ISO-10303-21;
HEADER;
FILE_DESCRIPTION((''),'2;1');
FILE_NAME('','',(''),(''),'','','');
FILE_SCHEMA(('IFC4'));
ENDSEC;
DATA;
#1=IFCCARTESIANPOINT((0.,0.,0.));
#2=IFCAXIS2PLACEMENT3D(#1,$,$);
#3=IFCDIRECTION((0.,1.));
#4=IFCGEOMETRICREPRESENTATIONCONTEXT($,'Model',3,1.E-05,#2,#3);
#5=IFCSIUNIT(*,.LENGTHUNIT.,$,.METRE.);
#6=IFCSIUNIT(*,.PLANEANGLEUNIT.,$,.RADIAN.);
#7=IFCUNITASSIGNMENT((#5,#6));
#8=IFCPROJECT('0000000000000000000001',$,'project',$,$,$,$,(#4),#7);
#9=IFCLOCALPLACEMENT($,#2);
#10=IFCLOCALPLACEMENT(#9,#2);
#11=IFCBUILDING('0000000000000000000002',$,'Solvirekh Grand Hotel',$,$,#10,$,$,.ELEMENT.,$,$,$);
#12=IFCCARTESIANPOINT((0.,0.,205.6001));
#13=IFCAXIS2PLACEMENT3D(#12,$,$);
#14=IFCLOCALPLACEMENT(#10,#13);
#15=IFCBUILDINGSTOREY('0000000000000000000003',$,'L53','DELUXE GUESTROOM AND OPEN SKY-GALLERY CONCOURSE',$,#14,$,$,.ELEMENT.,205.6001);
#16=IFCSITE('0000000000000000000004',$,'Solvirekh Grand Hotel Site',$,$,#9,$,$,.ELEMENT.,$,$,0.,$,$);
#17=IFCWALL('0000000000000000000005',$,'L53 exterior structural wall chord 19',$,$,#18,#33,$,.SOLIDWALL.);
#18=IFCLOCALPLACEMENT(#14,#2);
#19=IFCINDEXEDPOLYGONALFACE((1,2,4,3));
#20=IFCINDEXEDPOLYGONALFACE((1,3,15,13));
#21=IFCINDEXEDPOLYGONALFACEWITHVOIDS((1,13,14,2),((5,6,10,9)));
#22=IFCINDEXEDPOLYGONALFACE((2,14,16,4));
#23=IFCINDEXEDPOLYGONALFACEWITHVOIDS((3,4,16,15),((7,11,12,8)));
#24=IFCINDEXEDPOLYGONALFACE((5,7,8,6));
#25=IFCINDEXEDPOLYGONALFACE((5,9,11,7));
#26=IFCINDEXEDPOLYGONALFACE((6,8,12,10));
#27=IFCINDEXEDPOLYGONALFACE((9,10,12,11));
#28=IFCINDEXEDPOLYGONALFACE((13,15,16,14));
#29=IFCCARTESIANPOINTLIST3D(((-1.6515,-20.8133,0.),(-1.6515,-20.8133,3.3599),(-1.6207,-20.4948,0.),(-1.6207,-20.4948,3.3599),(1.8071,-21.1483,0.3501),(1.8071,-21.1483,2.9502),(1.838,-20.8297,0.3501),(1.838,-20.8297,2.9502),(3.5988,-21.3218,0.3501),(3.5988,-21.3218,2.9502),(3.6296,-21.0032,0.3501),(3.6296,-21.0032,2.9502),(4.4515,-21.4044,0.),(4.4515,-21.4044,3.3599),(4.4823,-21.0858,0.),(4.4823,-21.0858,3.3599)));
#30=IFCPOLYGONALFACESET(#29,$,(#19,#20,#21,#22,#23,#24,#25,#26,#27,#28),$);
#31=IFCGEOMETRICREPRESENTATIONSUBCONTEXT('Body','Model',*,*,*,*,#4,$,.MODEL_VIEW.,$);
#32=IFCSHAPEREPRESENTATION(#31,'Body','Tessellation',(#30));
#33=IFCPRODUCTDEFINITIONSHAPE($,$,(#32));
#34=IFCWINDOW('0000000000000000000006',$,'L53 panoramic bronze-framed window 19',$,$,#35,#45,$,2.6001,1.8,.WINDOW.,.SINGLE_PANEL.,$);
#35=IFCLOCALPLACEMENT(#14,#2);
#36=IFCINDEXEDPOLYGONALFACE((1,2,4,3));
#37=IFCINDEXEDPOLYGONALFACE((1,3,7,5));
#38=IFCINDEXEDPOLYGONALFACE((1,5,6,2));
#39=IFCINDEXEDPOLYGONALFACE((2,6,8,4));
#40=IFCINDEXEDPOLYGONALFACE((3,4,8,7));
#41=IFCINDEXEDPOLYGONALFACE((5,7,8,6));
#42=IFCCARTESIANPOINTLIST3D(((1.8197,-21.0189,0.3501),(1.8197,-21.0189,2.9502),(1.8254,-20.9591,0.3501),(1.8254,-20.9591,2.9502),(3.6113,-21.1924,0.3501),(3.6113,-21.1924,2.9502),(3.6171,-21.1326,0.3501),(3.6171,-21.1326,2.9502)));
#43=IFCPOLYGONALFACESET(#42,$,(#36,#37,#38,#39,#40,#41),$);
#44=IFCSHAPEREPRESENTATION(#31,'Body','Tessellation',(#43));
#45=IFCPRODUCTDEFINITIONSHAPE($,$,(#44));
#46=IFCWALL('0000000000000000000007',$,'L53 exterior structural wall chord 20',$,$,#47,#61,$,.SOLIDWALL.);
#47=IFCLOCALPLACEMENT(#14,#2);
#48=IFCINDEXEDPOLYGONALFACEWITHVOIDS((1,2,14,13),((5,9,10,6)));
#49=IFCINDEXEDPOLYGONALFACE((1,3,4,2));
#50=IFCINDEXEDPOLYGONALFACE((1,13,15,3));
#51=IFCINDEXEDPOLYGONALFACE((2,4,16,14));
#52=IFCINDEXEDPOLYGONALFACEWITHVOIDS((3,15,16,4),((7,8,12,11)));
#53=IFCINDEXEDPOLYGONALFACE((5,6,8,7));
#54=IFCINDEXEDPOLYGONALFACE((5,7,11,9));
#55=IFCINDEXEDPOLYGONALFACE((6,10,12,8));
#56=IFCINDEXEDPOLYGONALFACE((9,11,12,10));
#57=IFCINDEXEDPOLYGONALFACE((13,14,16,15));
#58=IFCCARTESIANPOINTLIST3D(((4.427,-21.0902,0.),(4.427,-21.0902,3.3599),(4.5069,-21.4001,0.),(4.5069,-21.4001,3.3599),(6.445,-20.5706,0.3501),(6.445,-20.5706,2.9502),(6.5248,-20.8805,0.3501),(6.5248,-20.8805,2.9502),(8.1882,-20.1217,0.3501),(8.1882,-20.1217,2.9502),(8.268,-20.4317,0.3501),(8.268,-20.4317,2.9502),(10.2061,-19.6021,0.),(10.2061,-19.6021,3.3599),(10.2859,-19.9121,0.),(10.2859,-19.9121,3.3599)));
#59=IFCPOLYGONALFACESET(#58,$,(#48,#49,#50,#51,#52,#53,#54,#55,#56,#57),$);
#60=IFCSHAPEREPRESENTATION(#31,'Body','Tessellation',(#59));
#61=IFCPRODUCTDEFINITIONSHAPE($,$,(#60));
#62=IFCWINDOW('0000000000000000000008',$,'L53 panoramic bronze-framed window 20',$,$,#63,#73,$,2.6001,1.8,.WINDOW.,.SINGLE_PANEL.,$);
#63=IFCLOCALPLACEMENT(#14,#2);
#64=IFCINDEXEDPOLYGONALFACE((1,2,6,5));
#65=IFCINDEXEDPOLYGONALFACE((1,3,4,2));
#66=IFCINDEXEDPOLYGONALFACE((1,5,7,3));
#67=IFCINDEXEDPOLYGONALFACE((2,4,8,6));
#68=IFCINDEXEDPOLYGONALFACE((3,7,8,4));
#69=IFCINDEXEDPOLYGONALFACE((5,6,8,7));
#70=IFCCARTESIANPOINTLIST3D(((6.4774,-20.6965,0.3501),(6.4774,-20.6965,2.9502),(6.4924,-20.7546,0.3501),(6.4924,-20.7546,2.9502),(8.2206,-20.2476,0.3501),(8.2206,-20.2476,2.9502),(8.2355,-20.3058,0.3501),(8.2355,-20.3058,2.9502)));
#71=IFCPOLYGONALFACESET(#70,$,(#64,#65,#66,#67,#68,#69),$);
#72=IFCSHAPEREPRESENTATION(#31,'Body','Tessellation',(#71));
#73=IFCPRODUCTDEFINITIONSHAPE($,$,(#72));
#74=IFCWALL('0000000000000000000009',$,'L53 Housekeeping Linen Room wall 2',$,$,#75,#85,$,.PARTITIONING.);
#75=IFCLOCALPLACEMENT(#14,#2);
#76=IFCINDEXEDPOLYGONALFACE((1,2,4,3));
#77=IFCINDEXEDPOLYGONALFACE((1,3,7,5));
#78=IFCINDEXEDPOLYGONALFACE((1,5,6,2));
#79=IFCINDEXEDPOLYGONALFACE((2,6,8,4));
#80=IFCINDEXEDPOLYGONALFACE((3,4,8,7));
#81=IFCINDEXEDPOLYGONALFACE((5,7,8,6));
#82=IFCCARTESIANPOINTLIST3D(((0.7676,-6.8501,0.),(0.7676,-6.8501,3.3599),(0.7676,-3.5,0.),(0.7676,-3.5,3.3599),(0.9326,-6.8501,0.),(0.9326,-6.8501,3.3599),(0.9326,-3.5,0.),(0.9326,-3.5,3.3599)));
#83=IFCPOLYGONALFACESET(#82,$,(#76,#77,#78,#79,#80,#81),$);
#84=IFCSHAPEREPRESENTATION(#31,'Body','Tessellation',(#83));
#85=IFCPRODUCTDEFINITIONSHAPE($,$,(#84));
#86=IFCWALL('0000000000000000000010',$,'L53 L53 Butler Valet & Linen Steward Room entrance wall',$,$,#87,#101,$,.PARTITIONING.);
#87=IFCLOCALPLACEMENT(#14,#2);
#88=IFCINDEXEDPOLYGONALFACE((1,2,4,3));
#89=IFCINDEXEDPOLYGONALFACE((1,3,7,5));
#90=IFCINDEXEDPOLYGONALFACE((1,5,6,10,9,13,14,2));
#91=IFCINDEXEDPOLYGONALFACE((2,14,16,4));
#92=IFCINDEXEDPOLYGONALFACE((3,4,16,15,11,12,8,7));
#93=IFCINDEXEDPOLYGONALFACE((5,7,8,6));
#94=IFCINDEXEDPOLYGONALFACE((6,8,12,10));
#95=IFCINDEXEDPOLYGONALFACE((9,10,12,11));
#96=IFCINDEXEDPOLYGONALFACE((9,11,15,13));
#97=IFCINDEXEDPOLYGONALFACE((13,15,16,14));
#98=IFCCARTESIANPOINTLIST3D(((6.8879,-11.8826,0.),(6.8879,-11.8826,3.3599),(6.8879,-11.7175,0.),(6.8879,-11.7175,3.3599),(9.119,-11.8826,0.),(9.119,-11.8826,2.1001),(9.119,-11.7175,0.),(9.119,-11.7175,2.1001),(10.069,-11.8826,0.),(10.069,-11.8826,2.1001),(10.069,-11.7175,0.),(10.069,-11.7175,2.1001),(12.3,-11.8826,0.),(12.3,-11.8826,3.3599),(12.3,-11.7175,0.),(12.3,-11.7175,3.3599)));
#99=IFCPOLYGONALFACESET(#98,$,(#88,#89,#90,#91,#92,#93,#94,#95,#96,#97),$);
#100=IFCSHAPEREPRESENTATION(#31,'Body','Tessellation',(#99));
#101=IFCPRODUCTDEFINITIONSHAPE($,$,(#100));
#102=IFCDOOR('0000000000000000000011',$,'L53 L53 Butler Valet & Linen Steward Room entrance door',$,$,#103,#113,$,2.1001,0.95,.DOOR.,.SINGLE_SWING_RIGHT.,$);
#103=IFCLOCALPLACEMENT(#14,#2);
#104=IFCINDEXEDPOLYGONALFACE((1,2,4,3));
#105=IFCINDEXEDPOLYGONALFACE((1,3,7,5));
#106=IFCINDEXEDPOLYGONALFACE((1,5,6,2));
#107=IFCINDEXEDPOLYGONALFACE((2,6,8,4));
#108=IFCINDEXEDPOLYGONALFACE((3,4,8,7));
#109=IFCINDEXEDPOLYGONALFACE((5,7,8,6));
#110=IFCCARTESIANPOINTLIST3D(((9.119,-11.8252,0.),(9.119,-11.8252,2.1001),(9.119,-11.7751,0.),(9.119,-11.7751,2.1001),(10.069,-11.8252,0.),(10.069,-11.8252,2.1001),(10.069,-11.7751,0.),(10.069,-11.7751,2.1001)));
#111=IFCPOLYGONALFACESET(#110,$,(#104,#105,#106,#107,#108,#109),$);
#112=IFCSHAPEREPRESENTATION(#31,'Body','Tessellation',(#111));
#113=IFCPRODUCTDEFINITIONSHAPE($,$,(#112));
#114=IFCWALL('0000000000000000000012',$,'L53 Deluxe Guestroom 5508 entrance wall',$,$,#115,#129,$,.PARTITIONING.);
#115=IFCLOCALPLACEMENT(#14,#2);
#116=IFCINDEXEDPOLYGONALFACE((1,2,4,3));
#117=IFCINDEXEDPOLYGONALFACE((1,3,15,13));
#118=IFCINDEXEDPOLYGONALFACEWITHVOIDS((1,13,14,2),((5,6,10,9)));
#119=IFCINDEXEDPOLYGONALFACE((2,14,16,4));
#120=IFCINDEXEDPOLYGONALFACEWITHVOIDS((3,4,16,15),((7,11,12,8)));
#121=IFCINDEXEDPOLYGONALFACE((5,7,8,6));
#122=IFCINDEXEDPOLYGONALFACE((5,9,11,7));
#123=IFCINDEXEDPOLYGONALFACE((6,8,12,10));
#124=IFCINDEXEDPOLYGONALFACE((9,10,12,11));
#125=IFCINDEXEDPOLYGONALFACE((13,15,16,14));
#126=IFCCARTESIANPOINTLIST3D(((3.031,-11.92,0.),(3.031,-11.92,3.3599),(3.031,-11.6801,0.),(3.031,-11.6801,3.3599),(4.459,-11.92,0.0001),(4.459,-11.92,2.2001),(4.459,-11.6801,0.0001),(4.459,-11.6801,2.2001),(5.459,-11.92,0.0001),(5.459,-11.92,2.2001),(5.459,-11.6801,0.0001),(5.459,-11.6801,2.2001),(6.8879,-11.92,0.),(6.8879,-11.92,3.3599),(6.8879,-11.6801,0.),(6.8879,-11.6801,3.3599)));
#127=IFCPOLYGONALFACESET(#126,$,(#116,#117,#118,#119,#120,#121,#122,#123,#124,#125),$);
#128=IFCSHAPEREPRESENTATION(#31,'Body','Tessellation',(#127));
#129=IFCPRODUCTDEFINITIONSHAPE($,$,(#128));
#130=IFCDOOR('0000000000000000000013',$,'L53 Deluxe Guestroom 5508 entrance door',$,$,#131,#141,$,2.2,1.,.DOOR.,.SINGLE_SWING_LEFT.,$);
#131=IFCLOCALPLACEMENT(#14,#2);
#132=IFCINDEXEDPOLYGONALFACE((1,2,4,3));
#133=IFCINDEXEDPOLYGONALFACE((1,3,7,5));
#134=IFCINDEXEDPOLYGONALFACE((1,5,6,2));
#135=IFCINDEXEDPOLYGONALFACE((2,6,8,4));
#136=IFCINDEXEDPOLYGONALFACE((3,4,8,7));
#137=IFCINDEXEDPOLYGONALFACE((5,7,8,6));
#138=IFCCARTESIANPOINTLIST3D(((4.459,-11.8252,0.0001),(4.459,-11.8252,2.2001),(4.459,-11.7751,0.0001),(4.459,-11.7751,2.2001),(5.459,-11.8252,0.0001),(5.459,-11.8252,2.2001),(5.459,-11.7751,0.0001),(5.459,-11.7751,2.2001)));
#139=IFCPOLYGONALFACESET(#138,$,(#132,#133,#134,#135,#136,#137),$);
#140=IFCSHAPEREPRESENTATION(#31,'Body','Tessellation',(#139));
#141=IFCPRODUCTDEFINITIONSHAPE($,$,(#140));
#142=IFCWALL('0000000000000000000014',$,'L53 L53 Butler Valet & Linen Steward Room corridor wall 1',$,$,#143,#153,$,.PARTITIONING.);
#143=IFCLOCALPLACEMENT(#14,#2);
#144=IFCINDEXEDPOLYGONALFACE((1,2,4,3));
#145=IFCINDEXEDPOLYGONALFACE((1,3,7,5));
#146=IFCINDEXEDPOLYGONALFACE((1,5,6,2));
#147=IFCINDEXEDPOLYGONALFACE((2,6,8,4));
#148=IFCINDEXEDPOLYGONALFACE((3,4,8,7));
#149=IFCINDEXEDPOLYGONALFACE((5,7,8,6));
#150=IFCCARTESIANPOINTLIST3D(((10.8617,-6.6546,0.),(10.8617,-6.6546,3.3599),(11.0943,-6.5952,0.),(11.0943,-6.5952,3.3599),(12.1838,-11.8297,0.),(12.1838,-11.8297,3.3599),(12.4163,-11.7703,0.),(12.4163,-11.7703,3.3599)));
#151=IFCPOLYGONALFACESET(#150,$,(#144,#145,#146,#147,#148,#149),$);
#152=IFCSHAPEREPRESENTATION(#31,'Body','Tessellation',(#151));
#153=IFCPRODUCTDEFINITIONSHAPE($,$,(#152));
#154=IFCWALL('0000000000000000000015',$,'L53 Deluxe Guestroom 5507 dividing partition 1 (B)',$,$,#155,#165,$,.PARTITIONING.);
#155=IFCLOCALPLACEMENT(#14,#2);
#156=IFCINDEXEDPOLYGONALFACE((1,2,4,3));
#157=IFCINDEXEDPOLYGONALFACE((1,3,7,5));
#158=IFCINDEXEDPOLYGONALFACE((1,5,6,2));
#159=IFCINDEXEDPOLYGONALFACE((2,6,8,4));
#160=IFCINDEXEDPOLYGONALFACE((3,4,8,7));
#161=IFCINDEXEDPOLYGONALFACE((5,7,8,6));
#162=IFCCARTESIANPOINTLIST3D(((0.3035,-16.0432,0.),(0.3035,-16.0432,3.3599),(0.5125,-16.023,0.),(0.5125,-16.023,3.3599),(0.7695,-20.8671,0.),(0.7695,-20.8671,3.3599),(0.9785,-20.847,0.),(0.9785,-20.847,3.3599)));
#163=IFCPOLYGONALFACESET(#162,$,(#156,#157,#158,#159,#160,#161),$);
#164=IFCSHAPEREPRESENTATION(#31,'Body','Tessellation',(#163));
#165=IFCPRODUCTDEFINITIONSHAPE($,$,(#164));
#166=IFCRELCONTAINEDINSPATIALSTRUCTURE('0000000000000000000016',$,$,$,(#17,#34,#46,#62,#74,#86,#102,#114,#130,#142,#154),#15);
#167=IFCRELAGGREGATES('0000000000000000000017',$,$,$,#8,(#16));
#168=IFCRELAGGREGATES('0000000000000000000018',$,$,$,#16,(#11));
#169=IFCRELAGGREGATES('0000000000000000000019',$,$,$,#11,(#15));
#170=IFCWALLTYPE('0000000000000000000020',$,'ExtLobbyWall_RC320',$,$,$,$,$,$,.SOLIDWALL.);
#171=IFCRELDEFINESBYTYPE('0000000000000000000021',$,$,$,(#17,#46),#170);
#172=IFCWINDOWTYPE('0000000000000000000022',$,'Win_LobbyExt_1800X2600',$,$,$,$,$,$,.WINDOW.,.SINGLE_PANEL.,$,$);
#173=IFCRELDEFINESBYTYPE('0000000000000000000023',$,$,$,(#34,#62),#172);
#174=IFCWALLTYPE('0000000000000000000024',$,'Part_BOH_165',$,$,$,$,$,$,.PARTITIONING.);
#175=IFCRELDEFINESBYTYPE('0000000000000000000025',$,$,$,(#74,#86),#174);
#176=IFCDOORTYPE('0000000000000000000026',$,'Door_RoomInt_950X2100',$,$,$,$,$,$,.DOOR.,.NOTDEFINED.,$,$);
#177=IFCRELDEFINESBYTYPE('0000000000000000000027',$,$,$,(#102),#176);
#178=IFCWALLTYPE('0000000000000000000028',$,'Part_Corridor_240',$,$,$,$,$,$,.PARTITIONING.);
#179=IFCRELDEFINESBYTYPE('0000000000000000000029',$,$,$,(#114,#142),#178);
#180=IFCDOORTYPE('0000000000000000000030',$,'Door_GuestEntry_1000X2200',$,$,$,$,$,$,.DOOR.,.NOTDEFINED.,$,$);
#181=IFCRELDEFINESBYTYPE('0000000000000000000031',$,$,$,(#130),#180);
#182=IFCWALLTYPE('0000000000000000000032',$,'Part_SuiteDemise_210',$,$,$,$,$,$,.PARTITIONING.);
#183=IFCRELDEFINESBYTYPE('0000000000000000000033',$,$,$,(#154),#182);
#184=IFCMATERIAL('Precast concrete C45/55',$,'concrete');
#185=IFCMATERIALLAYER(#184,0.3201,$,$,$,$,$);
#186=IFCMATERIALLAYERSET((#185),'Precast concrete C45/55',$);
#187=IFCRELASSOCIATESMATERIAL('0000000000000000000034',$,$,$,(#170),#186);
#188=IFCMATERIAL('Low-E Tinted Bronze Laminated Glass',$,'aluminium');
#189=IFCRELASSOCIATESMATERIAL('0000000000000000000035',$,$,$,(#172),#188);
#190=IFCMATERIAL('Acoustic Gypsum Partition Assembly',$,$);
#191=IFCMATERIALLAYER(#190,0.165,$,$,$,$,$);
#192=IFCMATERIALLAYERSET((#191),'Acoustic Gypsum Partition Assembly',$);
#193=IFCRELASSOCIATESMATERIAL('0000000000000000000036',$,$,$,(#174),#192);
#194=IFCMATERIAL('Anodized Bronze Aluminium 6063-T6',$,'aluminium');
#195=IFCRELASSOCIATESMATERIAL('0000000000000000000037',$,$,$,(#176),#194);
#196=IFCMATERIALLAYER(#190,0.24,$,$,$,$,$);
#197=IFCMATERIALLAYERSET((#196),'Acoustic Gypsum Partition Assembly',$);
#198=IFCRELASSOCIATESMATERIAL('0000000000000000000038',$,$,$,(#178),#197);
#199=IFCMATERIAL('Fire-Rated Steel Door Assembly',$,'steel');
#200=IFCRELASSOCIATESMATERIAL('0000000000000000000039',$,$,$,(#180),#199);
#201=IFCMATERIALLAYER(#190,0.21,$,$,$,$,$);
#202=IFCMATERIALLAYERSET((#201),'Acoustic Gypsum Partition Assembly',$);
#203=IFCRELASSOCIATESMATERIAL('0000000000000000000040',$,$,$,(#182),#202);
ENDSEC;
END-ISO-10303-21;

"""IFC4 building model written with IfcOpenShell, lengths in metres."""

from ifc_helpers import new_model, si_unit, direction, frame, frame_2d, origin, place, context, subcontext, project, spatial, rectangle, extrude, material, layer, layer_set, type_object, element, fill, save


model = new_model("IFC4")

# Units and contexts
model_context = context("Model", 3, precision=1e-05, world=origin(), true_north=direction((0.0, 1.0)))
body_context = subcontext(model_context, "Body", "Model", "MODEL_VIEW")
ifc_project = project(units=[si_unit("LENGTHUNIT", "METRE"), si_unit("PLANEANGLEUNIT", "RADIAN")], contexts=[model_context])

# Site, building, storey
site_placement = place(None, origin())
site = spatial("IfcSite", under=ifc_project, at=site_placement, Name="Solvirekh Grand Hotel Site", CompositionType="ELEMENT", RefElevation=0.0)
building_placement = place(site_placement, origin())
building = spatial("IfcBuilding", under=site, at=building_placement, Name="Solvirekh Grand Hotel", CompositionType="ELEMENT")
storey_placement = place(building_placement, frame((0.0, 0.0, 205.6001)))
storey = spatial("IfcBuildingStorey", under=building, at=storey_placement, Name="L53", Description="DELUXE GUESTROOM AND OPEN SKY-GALLERY CONCOURSE", CompositionType="ELEMENT", Elevation=205.6001)

# Shared definitions
ifc_material_1 = material(Name="Anodized Bronze Aluminium 6063-T6", Category="aluminium")
ifc_material_2 = material(Name="Low-E Tinted Bronze Laminated Glass", Category="aluminium")

# Walls, openings, windows
ifc_material_3 = material(Name="Precast concrete C45/55", Category="concrete")
ifc_layer_1 = layer(ifc_material_3, 0.3201)
ifc_layer_set_1 = layer_set([ifc_layer_1], Name="Precast concrete C45/55")
wall_type_1 = type_object("IfcWallType", Name="ExtLobbyWall_RC320", PredefinedType="SOLIDWALL", material=ifc_layer_set_1)
wall_1_placement = place(storey_placement, frame((4.467, -21.2451, 0.0), z_axis=(0.0, 0.0, 1.0), x_axis=(-0.995343, 0.096397, 0.0)))
wall_1 = element("IfcWall", 1, at=wall_1_placement, inside=storey, type_object=wall_type_1, Name="L53 exterior structural wall chord 19", PredefinedType="SOLIDWALL", context=body_context, shape_type="SweptSolid", body=[
    extrude(rectangle(XDim=6.1316, YDim=0.3201, at=frame_2d((3.0659, 0.0))), origin(), (0.0, 0.0, 1.0), 3.3599),
])
opening_1_placement = place(wall_1_placement, frame((0.8569, 0.0, 0.3501)))
opening_1 = element("IfcOpeningElement", 2, at=opening_1_placement, cuts=wall_1, PredefinedType="OPENING", context=body_context, shape_type="SweptSolid", body=[
    extrude(rectangle(XDim=1.8, YDim=2.6001, at=frame_2d((0.8999, 1.3))), frame((0.0, 0.1699, 0.0), z_axis=(0.0, -1.0, 0.0), x_axis=(1.0, 0.0, 0.0)), (0.0, 0.0, 1.0), 0.3401),
])
window_type = type_object("IfcWindowType", Name="Win_LobbyExt_1800X2600", PartitioningType="SINGLE_PANEL", PredefinedType="WINDOW", material=ifc_material_2)
window_1_placement = place(opening_1_placement, origin())
window_1 = element("IfcWindow", 3, at=window_1_placement, inside=storey, type_object=window_type, Name="L53 panoramic bronze-framed window 19", OverallHeight=2.6001, OverallWidth=1.8, PartitioningType="SINGLE_PANEL", PredefinedType="WINDOW", context=body_context, shape_type="SweptSolid", body=[
    extrude(rectangle(XDim=1.8, YDim=2.6001, at=frame_2d((0.8999, 1.3))), frame((0.0, 0.03, 0.0), z_axis=(0.0, -1.0, 0.0), x_axis=(1.0, 0.0, 0.0)), (0.0, 0.0, 1.0), 0.0601),
])
fill(opening_1, window_1)
wall_2_placement = place(storey_placement, frame((10.2461, -19.7571, 0.0), z_axis=(0.0, 0.0, 1.0), x_axis=(-0.968412, -0.249355, 0.0)))
wall_2 = element("IfcWall", 4, at=wall_2_placement, inside=storey, type_object=wall_type_1, Name="L53 exterior structural wall chord 20", PredefinedType="SOLIDWALL", context=body_context, shape_type="SweptSolid", body=[
    extrude(rectangle(XDim=5.9675, YDim=0.3201, at=frame_2d((2.9839, 0.0))), origin(), (0.0, 0.0, 1.0), 3.3599),
])
opening_2_placement = place(wall_2_placement, frame((2.084, 0.0, 0.3501)))
opening_2 = element("IfcOpeningElement", 5, at=opening_2_placement, cuts=wall_2, PredefinedType="OPENING", context=body_context, shape_type="SweptSolid", body=[
    extrude(rectangle(XDim=1.8, YDim=2.6001, at=frame_2d((0.8999, 1.3))), frame((0.0, 0.1699, 0.0), z_axis=(0.0, -1.0, 0.0), x_axis=(1.0, 0.0, 0.0)), (0.0, 0.0, 1.0), 0.3401),
])
window_2_placement = place(opening_2_placement, origin())
window_2 = element("IfcWindow", 6, at=window_2_placement, inside=storey, type_object=window_type, Name="L53 panoramic bronze-framed window 20", OverallHeight=2.6001, OverallWidth=1.8, PartitioningType="SINGLE_PANEL", PredefinedType="WINDOW", context=body_context, shape_type="SweptSolid", body=[
    extrude(rectangle(XDim=1.8, YDim=2.6001, at=frame_2d((0.8999, 1.3))), frame((0.0, 0.03, 0.0), z_axis=(0.0, -1.0, 0.0), x_axis=(1.0, 0.0, 0.0)), (0.0, 0.0, 1.0), 0.0601),
])
fill(opening_2, window_2)

# Wall
ifc_material_4 = material(Name="Acoustic Gypsum Partition Assembly")
ifc_layer_2 = layer(ifc_material_4, 0.165)
ifc_layer_set_2 = layer_set([ifc_layer_2], Name="Acoustic Gypsum Partition Assembly")
wall_type_2 = type_object("IfcWallType", Name="Part_BOH_165", PredefinedType="PARTITIONING", material=ifc_layer_set_2)
wall_3_placement = place(storey_placement, frame((0.8501, -6.8501, 0.0), z_axis=(0.0, 0.0, 1.0), x_axis=(0.0, 1.0, 0.0)))
element("IfcWall", 7, at=wall_3_placement, inside=storey, type_object=wall_type_2, Name="L53 Housekeeping Linen Room wall 2", PredefinedType="PARTITIONING", context=body_context, shape_type="SweptSolid", body=[
    extrude(rectangle(XDim=3.3501, YDim=0.165, at=frame_2d((1.675, 0.0))), origin(), (0.0, 0.0, 1.0), 3.3599),
])

# Walls, openings, doors
ifc_material_5 = material(Name="Fire-Rated Steel Door Assembly", Category="steel")
wall_4_placement = place(storey_placement, frame((6.8879, -11.8, 0.0), z_axis=(0.0, 0.0, 1.0), x_axis=(1.0, 0.0, 0.0)))
wall_4 = element("IfcWall", 8, at=wall_4_placement, inside=storey, type_object=wall_type_2, Name="L53 L53 Butler Valet & Linen Steward Room entrance wall", PredefinedType="PARTITIONING", context=body_context, shape_type="SweptSolid", body=[
    extrude(rectangle(XDim=5.4121, YDim=0.165, at=frame_2d((2.7061, 0.0))), origin(), (0.0, 0.0, 1.0), 3.3599),
])
opening_3_placement = place(wall_4_placement, frame((2.231, 0.0, 0.0)))
opening_3 = element("IfcOpeningElement", 9, at=opening_3_placement, cuts=wall_4, PredefinedType="OPENING", context=body_context, shape_type="SweptSolid", body=[
    extrude(rectangle(XDim=0.95, YDim=2.1001, at=frame_2d((0.4751, 1.05))), frame((0.0, 0.0925, 0.0), z_axis=(0.0, -1.0, 0.0), x_axis=(1.0, 0.0, 0.0)), (0.0, 0.0, 1.0), 0.1851),
])
door_type_1 = type_object("IfcDoorType", Name="Door_RoomInt_950X2100", OperationType="NOTDEFINED", PredefinedType="DOOR", material=ifc_material_1)
door_1_placement = place(opening_3_placement, origin())
door_1 = element("IfcDoor", 10, at=door_1_placement, inside=storey, type_object=door_type_1, Name="L53 L53 Butler Valet & Linen Steward Room entrance door", OperationType="SINGLE_SWING_RIGHT", OverallHeight=2.1001, OverallWidth=0.95, PredefinedType="DOOR", context=body_context, shape_type="SweptSolid", body=[
    extrude(rectangle(XDim=0.95, YDim=2.1001, at=frame_2d((0.4751, 1.05))), frame((0.0, 0.0249, 0.0), z_axis=(0.0, -1.0, 0.0), x_axis=(1.0, 0.0, 0.0)), (0.0, 0.0, 1.0), 0.05),
])
fill(opening_3, door_1)
ifc_layer_3 = layer(ifc_material_4, 0.24)
ifc_layer_set_3 = layer_set([ifc_layer_3], Name="Acoustic Gypsum Partition Assembly")
wall_type_3 = type_object("IfcWallType", Name="Part_Corridor_240", PredefinedType="PARTITIONING", material=ifc_layer_set_3)
wall_5_placement = place(storey_placement, frame((3.031, -11.8, 0.0), z_axis=(0.0, 0.0, 1.0), x_axis=(1.0, 0.0, 0.0)))
wall_5 = element("IfcWall", 11, at=wall_5_placement, inside=storey, type_object=wall_type_3, Name="L53 Deluxe Guestroom 5508 entrance wall", PredefinedType="PARTITIONING", context=body_context, shape_type="SweptSolid", body=[
    extrude(rectangle(XDim=3.8569, YDim=0.24, at=frame_2d((1.9285, 0.0))), origin(), (0.0, 0.0, 1.0), 3.3599),
])
opening_4_placement = place(wall_5_placement, frame((1.428, 0.0, 0.0)))
opening_4 = element("IfcOpeningElement", 12, at=opening_4_placement, cuts=wall_5, PredefinedType="OPENING", context=body_context, shape_type="SweptSolid", body=[
    extrude(rectangle(XDim=1.0, YDim=2.2, at=frame_2d((0.5, 1.1001))), frame((0.0, 0.1299, 0.0), z_axis=(0.0, -1.0, 0.0), x_axis=(1.0, 0.0, 0.0)), (0.0, 0.0, 1.0), 0.26),
])
door_type_2 = type_object("IfcDoorType", Name="Door_GuestEntry_1000X2200", OperationType="NOTDEFINED", PredefinedType="DOOR", material=ifc_material_5)
door_2_placement = place(opening_4_placement, origin())
door_2 = element("IfcDoor", 13, at=door_2_placement, inside=storey, type_object=door_type_2, Name="L53 Deluxe Guestroom 5508 entrance door", OperationType="SINGLE_SWING_LEFT", OverallHeight=2.2, OverallWidth=1.0, PredefinedType="DOOR", context=body_context, shape_type="SweptSolid", body=[
    extrude(rectangle(XDim=1.0, YDim=2.2, at=frame_2d((0.5, 1.1001))), frame((0.0, 0.0249, 0.0), z_axis=(0.0, -1.0, 0.0), x_axis=(1.0, 0.0, 0.0)), (0.0, 0.0, 1.0), 0.05),
])
fill(opening_4, door_2)

# Walls
wall_6_placement = place(storey_placement, frame((12.3, -11.8, 0.0), z_axis=(0.0, 0.0, 1.0), x_axis=(-0.247512, 0.968885, 0.0)))
element("IfcWall", 14, at=wall_6_placement, inside=storey, type_object=wall_type_3, Name="L53 L53 Butler Valet & Linen Steward Room corridor wall 1", PredefinedType="PARTITIONING", context=body_context, shape_type="SweptSolid", body=[
    extrude(rectangle(XDim=5.3413, YDim=0.24, at=frame_2d((2.6707, 0.0))), origin(), (0.0, 0.0, 1.0), 3.3599),
])
ifc_layer_4 = layer(ifc_material_4, 0.21)
ifc_layer_set_4 = layer_set([ifc_layer_4], Name="Acoustic Gypsum Partition Assembly")
wall_type_4 = type_object("IfcWallType", Name="Part_SuiteDemise_210", PredefinedType="PARTITIONING", material=ifc_layer_set_4)
wall_7_placement = place(storey_placement, frame((0.408, -16.033, 0.0), z_axis=(0.0, 0.0, 1.0), x_axis=(0.096166, -0.995365, 0.0)))
element("IfcWall", 15, at=wall_7_placement, inside=storey, type_object=wall_type_4, Name="L53 Deluxe Guestroom 5507 dividing partition 1 (B)", PredefinedType="PARTITIONING", context=body_context, shape_type="SweptSolid", body=[
    extrude(rectangle(XDim=4.8464, YDim=0.21, at=frame_2d((2.4233, 0.0))), origin(), (0.0, 0.0, 1.0), 3.3599),
])

save(model, "model.ifc")
